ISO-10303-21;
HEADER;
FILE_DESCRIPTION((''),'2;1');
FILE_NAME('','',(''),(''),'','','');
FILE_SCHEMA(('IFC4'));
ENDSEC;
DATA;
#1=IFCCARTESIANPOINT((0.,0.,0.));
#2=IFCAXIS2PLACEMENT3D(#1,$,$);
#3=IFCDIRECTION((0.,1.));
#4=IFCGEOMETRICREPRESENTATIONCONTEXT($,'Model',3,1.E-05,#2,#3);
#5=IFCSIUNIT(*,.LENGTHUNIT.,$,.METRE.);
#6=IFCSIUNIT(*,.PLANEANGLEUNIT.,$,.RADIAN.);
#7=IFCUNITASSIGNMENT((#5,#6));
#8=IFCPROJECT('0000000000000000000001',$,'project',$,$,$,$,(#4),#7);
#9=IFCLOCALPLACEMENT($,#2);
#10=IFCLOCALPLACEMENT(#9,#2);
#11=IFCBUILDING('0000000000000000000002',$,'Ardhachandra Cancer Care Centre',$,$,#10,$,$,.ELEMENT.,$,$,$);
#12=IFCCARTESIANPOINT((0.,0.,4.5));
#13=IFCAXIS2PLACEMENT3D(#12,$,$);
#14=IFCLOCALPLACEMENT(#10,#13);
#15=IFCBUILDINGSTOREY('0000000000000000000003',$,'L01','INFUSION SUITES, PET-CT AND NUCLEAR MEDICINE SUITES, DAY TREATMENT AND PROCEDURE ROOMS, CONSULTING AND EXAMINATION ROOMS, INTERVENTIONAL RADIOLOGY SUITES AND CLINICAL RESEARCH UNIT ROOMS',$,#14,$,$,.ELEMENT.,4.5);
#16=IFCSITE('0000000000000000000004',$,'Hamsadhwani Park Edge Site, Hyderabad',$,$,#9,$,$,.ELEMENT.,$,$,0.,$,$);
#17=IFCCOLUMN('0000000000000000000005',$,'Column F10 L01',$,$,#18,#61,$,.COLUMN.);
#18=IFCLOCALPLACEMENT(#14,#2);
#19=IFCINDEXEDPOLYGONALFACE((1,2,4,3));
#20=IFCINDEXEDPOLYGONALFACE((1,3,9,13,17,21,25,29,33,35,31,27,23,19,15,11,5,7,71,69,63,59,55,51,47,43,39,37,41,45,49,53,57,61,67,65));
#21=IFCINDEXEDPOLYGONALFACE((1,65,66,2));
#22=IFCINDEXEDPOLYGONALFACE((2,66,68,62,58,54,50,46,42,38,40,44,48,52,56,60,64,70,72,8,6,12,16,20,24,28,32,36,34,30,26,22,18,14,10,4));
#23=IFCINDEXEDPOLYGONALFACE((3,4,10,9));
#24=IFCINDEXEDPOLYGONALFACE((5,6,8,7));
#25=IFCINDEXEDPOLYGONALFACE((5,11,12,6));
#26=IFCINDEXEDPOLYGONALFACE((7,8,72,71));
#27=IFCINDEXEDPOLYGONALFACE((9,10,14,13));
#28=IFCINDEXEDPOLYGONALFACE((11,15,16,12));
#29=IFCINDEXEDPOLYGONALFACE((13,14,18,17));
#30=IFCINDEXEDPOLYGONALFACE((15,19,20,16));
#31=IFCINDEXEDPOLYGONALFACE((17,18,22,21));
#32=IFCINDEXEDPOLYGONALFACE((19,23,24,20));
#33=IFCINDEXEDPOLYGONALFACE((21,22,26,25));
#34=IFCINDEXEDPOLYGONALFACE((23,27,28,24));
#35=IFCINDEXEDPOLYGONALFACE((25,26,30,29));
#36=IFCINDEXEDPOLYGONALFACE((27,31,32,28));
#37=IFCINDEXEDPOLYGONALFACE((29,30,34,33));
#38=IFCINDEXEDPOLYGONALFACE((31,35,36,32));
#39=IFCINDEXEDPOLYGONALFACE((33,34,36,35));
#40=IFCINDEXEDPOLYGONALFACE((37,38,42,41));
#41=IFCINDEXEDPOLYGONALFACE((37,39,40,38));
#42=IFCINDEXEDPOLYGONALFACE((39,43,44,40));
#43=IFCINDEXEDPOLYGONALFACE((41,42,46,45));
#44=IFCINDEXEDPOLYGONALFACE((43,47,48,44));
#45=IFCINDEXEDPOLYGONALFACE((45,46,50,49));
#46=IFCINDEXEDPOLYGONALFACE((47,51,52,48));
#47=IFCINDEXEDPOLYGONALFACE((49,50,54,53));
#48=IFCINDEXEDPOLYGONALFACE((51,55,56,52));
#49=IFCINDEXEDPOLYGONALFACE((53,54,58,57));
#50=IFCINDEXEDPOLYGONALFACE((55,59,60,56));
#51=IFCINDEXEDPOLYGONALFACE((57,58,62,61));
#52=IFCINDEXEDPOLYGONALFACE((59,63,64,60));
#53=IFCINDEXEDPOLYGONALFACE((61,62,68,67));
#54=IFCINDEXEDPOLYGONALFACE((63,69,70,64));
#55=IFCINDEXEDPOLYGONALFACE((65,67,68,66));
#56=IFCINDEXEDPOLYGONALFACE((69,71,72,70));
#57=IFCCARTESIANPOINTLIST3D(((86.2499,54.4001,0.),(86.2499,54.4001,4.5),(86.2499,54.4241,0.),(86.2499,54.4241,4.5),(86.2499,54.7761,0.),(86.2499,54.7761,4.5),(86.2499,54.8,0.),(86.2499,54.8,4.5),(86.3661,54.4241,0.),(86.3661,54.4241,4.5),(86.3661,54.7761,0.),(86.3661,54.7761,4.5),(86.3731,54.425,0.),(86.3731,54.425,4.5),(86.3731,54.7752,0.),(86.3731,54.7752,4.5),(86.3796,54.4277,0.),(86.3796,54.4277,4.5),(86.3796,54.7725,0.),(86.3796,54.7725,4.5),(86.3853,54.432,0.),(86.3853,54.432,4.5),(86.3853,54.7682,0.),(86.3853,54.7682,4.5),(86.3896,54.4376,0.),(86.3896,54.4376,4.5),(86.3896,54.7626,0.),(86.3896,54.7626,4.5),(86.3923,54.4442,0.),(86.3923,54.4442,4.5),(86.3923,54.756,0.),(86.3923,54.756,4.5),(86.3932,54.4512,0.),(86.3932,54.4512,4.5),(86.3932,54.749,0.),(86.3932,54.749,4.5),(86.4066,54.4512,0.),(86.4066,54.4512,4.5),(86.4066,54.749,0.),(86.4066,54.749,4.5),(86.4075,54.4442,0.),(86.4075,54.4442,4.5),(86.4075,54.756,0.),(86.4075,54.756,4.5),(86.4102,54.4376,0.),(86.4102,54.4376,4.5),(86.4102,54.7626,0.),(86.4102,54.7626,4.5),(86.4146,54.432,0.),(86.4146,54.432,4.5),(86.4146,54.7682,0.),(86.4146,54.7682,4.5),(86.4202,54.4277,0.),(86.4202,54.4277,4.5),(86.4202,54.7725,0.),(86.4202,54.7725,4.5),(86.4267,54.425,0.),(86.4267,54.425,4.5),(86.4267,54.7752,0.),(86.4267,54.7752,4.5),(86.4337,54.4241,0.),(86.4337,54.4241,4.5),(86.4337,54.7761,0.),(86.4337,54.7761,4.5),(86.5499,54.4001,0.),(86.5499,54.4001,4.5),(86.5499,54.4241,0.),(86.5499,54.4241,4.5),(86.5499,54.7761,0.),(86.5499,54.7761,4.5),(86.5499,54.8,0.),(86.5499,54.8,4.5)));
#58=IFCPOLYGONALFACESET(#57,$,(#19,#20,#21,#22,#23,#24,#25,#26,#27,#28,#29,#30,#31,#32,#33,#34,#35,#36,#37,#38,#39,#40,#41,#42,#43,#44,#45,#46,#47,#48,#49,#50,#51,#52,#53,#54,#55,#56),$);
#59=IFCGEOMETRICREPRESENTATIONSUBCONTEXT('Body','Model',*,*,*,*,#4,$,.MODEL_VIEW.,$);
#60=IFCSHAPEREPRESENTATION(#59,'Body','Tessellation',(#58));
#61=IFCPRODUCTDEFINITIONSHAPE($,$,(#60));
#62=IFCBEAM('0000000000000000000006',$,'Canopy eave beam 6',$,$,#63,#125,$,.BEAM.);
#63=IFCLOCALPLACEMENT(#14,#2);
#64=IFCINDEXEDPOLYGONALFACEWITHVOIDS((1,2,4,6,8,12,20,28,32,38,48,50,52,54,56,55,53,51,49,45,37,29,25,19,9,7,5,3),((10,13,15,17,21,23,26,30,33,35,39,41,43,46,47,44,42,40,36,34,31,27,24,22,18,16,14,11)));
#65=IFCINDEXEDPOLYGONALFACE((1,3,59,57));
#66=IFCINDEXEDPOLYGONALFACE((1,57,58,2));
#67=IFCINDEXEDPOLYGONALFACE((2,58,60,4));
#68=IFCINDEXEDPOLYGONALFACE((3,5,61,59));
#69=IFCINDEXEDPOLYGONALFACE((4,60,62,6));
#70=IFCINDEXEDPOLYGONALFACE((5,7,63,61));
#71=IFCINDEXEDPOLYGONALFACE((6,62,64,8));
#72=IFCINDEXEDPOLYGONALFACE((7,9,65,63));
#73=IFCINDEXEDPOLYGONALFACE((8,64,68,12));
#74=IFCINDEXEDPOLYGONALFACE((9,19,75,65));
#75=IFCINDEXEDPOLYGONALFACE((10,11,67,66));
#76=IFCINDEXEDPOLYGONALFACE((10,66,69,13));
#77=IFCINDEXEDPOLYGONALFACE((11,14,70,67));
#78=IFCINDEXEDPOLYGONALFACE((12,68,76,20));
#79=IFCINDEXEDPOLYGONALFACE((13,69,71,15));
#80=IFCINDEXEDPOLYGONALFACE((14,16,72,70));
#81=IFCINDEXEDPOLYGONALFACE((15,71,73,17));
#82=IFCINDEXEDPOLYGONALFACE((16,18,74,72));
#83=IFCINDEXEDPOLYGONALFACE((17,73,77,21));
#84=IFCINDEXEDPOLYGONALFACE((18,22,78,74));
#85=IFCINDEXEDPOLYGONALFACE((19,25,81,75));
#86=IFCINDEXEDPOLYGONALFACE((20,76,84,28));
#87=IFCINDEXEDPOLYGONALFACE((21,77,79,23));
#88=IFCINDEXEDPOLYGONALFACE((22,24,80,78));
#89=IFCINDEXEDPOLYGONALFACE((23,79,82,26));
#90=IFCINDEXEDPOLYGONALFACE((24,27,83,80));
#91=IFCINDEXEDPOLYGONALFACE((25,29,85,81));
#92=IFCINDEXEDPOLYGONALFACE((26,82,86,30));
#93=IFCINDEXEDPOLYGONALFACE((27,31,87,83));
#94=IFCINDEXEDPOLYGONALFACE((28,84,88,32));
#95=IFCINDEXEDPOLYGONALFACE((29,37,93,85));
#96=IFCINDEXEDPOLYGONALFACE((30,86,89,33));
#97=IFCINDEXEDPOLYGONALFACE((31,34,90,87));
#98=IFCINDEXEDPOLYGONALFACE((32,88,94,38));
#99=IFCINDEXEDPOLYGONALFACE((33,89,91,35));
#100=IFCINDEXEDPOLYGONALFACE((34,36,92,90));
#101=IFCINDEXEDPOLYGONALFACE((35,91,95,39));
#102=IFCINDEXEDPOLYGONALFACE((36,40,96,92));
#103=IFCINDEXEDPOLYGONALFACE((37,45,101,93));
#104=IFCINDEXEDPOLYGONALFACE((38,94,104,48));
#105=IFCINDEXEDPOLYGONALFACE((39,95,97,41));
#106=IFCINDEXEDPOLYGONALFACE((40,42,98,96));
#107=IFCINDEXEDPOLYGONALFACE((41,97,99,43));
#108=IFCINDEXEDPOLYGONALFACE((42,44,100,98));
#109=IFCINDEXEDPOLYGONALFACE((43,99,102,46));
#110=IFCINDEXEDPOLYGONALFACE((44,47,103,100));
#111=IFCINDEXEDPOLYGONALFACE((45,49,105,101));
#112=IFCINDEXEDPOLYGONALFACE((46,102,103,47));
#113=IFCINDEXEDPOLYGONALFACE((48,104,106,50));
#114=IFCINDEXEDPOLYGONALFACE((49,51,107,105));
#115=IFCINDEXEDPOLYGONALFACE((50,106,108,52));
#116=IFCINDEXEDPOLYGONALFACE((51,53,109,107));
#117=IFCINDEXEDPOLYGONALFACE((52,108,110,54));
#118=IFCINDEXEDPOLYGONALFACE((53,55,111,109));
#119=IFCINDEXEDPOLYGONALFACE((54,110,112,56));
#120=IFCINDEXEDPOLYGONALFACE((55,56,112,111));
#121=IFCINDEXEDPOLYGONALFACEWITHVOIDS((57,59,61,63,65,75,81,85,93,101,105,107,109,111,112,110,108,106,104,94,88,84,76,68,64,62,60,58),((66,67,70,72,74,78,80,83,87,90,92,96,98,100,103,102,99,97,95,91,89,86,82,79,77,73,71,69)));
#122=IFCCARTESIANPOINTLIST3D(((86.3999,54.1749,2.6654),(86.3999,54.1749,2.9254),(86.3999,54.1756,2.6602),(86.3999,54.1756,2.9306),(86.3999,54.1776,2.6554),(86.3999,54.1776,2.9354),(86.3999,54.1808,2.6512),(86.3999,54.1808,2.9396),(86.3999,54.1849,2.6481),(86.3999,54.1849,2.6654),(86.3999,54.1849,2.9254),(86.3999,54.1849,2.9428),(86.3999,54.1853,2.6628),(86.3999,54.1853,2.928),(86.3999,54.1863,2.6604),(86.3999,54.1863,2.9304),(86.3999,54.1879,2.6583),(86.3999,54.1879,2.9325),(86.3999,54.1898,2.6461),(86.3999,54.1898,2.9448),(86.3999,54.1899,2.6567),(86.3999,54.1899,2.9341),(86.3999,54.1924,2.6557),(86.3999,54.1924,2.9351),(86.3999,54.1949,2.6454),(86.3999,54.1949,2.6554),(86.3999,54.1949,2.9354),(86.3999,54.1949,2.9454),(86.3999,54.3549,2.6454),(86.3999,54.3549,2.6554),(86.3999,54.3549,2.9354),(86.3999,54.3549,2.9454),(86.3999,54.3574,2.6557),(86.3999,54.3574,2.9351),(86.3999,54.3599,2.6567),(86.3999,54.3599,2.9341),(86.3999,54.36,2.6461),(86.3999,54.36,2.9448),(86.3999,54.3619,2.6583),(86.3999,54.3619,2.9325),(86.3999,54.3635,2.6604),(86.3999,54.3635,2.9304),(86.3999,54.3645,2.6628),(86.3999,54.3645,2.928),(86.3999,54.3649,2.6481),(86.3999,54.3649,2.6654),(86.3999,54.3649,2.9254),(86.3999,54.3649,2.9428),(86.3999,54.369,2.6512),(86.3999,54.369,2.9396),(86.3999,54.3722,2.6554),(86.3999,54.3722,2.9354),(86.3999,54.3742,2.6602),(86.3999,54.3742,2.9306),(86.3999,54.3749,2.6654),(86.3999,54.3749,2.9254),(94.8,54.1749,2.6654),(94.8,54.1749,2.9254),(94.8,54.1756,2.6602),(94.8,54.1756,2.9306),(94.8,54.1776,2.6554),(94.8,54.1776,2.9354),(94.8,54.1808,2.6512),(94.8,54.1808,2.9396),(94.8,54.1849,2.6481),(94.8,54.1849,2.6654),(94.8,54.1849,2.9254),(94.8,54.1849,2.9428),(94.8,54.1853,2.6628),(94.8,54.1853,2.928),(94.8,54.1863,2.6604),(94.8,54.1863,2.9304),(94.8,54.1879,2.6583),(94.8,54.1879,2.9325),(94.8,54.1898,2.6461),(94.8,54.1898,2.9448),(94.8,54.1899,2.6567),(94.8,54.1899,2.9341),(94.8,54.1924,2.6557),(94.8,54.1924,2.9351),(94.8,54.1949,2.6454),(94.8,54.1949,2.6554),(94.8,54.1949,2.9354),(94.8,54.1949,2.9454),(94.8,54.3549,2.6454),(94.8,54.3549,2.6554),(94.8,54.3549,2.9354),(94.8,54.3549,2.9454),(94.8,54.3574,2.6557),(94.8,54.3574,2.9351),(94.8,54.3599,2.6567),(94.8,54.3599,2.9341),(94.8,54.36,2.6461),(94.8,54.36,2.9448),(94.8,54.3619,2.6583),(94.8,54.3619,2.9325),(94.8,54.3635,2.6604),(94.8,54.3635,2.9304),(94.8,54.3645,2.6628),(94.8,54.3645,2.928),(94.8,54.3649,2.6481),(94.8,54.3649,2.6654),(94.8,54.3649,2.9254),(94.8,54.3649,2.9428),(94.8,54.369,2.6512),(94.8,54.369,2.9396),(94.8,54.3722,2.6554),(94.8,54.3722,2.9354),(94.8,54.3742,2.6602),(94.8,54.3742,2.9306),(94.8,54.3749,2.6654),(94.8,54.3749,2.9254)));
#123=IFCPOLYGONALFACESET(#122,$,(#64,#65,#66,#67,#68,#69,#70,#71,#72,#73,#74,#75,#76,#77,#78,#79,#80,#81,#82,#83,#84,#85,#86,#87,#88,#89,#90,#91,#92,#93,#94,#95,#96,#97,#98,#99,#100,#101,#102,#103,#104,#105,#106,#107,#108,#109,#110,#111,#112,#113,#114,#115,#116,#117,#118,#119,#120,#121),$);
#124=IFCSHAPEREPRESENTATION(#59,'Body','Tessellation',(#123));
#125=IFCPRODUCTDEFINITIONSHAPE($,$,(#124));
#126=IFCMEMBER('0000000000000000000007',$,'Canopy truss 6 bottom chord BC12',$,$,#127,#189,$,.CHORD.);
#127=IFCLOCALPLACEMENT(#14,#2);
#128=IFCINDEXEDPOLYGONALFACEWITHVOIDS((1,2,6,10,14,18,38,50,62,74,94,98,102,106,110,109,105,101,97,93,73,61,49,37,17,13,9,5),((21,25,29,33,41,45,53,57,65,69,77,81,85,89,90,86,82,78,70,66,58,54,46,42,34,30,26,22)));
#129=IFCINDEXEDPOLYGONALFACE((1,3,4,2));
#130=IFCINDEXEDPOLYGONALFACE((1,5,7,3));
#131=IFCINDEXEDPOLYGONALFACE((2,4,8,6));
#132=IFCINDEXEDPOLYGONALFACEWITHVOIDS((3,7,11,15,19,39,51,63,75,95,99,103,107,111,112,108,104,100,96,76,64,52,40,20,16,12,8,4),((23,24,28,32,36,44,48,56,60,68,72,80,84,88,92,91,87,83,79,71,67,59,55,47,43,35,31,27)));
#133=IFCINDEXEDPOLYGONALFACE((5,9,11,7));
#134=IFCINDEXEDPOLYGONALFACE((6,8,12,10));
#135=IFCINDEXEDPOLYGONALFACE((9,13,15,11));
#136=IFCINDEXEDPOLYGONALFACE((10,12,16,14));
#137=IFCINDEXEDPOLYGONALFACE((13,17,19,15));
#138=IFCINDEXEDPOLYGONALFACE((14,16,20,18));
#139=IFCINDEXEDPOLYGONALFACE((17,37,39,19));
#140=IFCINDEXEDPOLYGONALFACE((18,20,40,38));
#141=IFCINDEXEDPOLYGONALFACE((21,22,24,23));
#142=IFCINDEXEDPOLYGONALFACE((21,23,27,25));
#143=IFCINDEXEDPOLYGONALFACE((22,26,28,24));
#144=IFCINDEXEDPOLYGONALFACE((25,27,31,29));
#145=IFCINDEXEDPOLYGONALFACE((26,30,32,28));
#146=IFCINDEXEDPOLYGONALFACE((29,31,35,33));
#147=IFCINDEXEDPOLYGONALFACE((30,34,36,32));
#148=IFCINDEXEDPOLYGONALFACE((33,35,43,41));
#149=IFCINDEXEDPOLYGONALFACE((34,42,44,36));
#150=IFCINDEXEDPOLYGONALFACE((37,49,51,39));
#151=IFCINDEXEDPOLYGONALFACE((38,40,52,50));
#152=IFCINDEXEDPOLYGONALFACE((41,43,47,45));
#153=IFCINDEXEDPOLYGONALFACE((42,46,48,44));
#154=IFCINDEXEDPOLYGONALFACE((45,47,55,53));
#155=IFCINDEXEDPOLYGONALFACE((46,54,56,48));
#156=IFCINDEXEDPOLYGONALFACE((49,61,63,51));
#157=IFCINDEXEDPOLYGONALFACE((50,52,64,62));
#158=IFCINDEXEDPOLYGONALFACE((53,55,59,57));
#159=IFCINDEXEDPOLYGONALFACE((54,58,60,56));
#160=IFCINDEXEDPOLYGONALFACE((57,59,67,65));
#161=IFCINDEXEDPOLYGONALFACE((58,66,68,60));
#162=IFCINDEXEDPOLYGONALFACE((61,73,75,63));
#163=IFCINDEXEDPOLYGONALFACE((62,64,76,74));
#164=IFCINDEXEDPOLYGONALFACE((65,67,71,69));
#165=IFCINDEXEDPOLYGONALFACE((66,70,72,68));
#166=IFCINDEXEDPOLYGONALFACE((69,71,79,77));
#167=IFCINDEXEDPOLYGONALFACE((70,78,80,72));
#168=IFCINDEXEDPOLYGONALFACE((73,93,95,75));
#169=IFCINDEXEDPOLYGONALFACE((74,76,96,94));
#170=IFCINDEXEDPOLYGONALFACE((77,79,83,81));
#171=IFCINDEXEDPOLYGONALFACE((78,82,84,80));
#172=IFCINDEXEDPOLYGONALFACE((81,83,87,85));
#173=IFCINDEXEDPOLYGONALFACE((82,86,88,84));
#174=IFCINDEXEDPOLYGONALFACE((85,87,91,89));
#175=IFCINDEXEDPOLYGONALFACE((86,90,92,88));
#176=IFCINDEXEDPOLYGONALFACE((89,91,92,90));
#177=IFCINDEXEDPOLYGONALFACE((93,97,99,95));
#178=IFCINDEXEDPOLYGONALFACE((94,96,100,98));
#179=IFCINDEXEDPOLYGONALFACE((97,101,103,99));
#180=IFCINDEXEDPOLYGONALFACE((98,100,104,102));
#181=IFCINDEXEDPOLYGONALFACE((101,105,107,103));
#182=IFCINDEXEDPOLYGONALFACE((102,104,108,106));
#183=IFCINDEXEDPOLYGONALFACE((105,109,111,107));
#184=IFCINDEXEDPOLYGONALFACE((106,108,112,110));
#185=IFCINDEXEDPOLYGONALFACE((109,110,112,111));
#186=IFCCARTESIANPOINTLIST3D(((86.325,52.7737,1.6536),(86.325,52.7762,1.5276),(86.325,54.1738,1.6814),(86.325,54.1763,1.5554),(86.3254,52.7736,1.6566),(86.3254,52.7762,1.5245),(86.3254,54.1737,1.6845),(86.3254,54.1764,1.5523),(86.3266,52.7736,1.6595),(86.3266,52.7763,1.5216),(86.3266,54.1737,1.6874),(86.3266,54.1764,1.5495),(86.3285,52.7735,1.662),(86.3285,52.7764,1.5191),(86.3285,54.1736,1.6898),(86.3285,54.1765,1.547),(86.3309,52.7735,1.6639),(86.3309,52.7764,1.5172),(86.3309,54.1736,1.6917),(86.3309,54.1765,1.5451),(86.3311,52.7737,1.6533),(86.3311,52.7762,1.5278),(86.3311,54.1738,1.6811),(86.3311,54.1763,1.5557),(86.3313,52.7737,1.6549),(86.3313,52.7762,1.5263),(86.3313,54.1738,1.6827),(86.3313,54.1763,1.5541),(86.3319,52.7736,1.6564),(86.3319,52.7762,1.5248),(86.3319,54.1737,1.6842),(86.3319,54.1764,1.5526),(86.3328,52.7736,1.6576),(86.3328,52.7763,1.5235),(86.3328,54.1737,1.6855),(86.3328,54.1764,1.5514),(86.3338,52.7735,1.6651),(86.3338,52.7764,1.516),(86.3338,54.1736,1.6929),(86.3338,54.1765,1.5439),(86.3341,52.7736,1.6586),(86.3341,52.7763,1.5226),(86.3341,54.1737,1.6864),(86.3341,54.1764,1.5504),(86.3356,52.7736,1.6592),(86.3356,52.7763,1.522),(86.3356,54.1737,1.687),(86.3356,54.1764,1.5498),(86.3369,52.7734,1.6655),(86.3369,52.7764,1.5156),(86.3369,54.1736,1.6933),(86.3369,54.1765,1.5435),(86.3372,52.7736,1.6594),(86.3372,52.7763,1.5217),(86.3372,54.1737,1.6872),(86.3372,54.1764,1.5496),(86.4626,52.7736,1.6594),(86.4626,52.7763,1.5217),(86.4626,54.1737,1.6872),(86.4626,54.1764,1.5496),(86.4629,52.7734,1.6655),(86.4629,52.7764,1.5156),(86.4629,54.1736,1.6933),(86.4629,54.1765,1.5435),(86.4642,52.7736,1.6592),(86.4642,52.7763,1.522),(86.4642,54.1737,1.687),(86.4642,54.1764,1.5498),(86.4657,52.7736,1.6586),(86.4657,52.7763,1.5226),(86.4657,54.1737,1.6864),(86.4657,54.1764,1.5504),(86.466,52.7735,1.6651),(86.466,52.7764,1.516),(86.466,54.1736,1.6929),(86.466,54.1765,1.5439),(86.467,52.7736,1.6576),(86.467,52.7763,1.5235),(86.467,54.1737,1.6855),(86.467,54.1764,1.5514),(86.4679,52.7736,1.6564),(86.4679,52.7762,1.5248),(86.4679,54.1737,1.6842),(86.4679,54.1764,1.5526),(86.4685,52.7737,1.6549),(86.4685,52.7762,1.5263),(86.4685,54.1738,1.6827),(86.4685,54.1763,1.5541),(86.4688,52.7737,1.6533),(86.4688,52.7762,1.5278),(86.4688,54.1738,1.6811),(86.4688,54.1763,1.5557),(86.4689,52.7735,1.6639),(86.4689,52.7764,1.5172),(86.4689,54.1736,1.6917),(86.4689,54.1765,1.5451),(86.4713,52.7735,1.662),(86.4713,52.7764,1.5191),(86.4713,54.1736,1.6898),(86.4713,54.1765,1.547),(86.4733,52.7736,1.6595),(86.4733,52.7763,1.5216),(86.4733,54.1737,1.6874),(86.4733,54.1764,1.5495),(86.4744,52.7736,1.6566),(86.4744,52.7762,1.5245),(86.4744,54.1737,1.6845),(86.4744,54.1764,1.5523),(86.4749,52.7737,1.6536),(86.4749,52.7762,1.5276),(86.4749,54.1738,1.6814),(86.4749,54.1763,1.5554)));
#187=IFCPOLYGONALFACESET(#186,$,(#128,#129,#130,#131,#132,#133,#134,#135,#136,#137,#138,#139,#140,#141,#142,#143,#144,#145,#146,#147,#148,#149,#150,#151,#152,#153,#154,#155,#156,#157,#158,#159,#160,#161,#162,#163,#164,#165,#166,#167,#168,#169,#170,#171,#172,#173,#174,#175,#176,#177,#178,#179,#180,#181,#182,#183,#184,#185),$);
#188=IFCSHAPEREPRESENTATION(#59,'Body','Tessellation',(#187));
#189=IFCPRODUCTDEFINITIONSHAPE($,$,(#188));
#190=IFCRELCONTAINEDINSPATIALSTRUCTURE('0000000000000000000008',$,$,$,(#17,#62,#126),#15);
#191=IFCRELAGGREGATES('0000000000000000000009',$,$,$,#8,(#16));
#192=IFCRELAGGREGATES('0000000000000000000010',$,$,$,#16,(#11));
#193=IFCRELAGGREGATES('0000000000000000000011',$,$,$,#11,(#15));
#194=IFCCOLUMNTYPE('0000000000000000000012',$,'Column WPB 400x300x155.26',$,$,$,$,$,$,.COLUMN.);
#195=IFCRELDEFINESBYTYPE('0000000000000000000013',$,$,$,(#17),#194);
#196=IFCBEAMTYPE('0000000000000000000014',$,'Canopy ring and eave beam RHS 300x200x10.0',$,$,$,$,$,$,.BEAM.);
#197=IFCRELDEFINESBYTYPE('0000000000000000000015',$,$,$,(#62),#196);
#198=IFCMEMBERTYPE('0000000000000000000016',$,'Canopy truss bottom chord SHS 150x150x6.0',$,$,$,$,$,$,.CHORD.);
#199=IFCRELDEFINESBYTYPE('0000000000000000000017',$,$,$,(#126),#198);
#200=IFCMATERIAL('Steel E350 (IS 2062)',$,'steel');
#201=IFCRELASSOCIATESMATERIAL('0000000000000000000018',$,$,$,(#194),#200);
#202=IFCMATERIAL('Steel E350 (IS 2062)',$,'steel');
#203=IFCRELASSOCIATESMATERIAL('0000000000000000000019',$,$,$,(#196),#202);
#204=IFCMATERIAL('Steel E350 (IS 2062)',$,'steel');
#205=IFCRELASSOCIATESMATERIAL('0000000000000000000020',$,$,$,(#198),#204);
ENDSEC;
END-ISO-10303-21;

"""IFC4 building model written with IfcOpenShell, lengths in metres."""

from ifc_helpers import new_model, si_unit, direction, frame, origin, origin_2d, place, context, subcontext, project, spatial, hollow_rectangle, i_section, extrude, material, material_profile, profile_set, type_object, element, save


model = new_model("IFC4")

# Units and contexts
model_context = context("Model", 3, precision=1e-05, world=origin(), true_north=direction((0.0, 1.0)))
body_context = subcontext(model_context, "Body", "Model", "MODEL_VIEW")
ifc_project = project(units=[si_unit("LENGTHUNIT", "METRE"), si_unit("PLANEANGLEUNIT", "RADIAN")], contexts=[model_context])

# Site, building, storey
site_placement = place(None, origin())
site = spatial("IfcSite", under=ifc_project, at=site_placement, Name="Hamsadhwani Park Edge Site, Hyderabad", CompositionType="ELEMENT", RefElevation=0.0)
building_placement = place(site_placement, origin())
building = spatial("IfcBuilding", under=site, at=building_placement, Name="Ardhachandra Cancer Care Centre", CompositionType="ELEMENT")
storey_placement = place(building_placement, frame((0.0, 0.0, 4.5)))
storey = spatial("IfcBuildingStorey", under=building, at=storey_placement, Name="L01", Description="INFUSION SUITES, PET-CT AND NUCLEAR MEDICINE SUITES, DAY TREATMENT AND PROCEDURE ROOMS, CONSULTING AND EXAMINATION ROOMS, INTERVENTIONAL RADIOLOGY SUITES AND CLINICAL RESEARCH UNIT ROOMS", CompositionType="ELEMENT", Elevation=4.5)

# Column
ifc_material_1 = material(Name="Steel E350 (IS 2062)", Category="steel")
ifc_material_profile_1 = material_profile(ifc_material_1, i_section(OverallWidth=0.3, OverallDepth=0.3999, WebThickness=0.0134, FlangeThickness=0.0239, FilletRadius=0.0271, at=origin_2d()), Name="WPB 400x300x155.26")
ifc_profile_set_1 = profile_set([ifc_material_profile_1], Name="Steel E350 (IS 2062)")
column_type = type_object("IfcColumnType", Name="Column WPB 400x300x155.26", PredefinedType="COLUMN", material=ifc_profile_set_1)
column_placement = place(storey_placement, frame((86.3999, 54.6001, 0.0), z_axis=(0.0, 0.0, 1.0), x_axis=(1.0, 0.0, 0.0)))
element("IfcColumn", 1, at=column_placement, inside=storey, type_object=column_type, Name="Column F10 L01", PredefinedType="COLUMN", context=body_context, shape_type="SweptSolid", body=[
    extrude(i_section(OverallWidth=0.3, OverallDepth=0.3999, WebThickness=0.0134, FlangeThickness=0.0239, FilletRadius=0.0271, at=origin_2d()), origin(), (0.0, 0.0, 1.0), 4.5),
])

# Beam
ifc_material_2 = material(Name="Steel E350 (IS 2062)", Category="steel")
ifc_material_profile_2 = material_profile(ifc_material_2, hollow_rectangle(XDim=0.2, YDim=0.3, WallThickness=0.01, InnerFilletRadius=0.01, OuterFilletRadius=0.02, at=origin_2d()), Name="RHS 300x200x10.0")
ifc_profile_set_2 = profile_set([ifc_material_profile_2], Name="Steel E350 (IS 2062)")
beam_type = type_object("IfcBeamType", Name="Canopy ring and eave beam RHS 300x200x10.0", PredefinedType="BEAM", material=ifc_profile_set_2)
beam_placement = place(storey_placement, frame((86.3999, 54.2749, 2.7954), z_axis=(1.0, 0.0, 0.0), x_axis=(0.0, 1.0, 0.0)))
element("IfcBeam", 2, at=beam_placement, inside=storey, type_object=beam_type, Name="Canopy eave beam 6", PredefinedType="BEAM", context=body_context, shape_type="SweptSolid", body=[
    extrude(hollow_rectangle(XDim=0.2, YDim=0.3, WallThickness=0.01, InnerFilletRadius=0.01, OuterFilletRadius=0.02, at=origin_2d()), origin(), (0.0, 0.0, 1.0), 8.4001),
])

# Member
ifc_material_3 = material(Name="Steel E350 (IS 2062)", Category="steel")
ifc_material_profile_3 = material_profile(ifc_material_3, hollow_rectangle(XDim=0.1499, YDim=0.1499, WallThickness=0.0061, InnerFilletRadius=0.0061, OuterFilletRadius=0.012, at=origin_2d()), Name="SHS 150x150x6.0")
ifc_profile_set_3 = profile_set([ifc_material_profile_3], Name="Steel E350 (IS 2062)")
member_type_1 = type_object("IfcMemberType", Name="Canopy truss bottom chord SHS 150x150x6.0", PredefinedType="CHORD", material=ifc_profile_set_3)
member_1_placement = place(storey_placement, frame((86.3999, 54.175, 1.6184), z_axis=(0.0, -0.999802, -0.019874), x_axis=(1.0, 0.0, 0.0)))
element("IfcMember", 3, at=member_1_placement, inside=storey, type_object=member_type_1, Name="Canopy truss 6 bottom chord BC12", PredefinedType="CHORD", context=body_context, shape_type="SweptSolid", body=[
    extrude(hollow_rectangle(XDim=0.1499, YDim=0.1499, WallThickness=0.0061, InnerFilletRadius=0.0061, OuterFilletRadius=0.012, at=origin_2d()), origin(), (0.0, 0.0, 1.0), 1.4004),
])

save(model, "model.ifc")
